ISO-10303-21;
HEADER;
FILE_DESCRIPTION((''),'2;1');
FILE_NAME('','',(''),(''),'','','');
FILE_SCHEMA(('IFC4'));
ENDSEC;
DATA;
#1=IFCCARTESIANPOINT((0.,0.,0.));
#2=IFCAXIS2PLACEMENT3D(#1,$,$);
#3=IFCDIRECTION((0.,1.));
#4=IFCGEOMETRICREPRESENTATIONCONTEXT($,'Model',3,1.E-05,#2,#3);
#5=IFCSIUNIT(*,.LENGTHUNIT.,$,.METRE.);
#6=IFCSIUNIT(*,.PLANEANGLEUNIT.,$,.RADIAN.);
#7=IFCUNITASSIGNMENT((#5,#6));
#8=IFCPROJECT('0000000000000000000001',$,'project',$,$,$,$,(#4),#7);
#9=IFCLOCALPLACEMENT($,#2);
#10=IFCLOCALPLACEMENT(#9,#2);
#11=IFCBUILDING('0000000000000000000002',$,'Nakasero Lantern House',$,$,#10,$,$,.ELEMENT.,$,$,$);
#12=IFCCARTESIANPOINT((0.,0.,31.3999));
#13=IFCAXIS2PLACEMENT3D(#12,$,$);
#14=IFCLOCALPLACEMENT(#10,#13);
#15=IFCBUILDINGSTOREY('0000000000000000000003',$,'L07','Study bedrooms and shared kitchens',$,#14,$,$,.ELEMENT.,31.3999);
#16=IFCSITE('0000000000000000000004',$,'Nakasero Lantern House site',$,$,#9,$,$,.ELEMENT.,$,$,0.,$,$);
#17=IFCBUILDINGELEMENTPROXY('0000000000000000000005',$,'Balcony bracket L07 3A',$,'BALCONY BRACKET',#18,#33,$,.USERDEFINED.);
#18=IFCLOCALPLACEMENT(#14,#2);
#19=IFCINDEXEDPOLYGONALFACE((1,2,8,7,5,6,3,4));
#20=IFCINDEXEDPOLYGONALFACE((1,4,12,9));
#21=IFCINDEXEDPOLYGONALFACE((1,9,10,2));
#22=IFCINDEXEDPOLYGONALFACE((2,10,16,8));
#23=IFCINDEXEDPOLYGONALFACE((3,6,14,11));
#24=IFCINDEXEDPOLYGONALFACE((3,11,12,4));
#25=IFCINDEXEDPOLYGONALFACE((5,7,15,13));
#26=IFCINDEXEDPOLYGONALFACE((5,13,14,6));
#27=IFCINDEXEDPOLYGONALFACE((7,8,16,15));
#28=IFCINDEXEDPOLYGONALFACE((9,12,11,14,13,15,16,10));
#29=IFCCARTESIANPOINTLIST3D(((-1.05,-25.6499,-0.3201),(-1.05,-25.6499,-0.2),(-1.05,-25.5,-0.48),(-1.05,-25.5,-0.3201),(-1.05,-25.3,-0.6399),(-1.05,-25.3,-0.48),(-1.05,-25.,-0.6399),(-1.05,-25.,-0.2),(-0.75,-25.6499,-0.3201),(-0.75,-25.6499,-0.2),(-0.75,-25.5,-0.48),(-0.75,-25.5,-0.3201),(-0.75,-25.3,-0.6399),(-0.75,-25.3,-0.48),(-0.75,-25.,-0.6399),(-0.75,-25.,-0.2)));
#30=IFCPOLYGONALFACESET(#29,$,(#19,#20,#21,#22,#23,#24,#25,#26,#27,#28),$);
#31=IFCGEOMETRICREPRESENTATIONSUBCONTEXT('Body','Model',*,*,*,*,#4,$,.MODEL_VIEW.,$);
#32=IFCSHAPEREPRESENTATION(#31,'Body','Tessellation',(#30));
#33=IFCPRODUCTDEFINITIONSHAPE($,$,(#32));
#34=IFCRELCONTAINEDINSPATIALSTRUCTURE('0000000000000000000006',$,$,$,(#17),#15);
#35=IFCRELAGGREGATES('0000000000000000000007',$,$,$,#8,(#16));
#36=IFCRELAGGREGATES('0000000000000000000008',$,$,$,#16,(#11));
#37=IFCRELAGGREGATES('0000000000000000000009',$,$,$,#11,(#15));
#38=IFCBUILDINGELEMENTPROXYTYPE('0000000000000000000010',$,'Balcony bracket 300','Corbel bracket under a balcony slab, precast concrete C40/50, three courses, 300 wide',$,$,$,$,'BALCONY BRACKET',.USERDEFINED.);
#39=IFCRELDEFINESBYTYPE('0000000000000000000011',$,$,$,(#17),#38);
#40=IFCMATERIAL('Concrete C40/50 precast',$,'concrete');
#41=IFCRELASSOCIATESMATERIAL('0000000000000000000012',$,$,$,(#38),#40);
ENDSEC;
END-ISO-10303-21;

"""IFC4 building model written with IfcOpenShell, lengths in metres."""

from ifc_helpers import new_model, si_unit, direction, frame, origin, place, context, subcontext, project, spatial, polyline, outline, extrude, material, type_object, element, save


model = new_model("IFC4")

# Units and contexts
model_context = context("Model", 3, precision=1e-05, world=origin(), true_north=direction((0.0, 1.0)))
body_context = subcontext(model_context, "Body", "Model", "MODEL_VIEW")
ifc_project = project(units=[si_unit("LENGTHUNIT", "METRE"), si_unit("PLANEANGLEUNIT", "RADIAN")], contexts=[model_context])

# Site, building, storey
site_placement = place(None, origin())
site = spatial("IfcSite", under=ifc_project, at=site_placement, Name="Nakasero Lantern House site", CompositionType="ELEMENT", RefElevation=0.0)
building_placement = place(site_placement, origin())
building = spatial("IfcBuilding", under=site, at=building_placement, Name="Nakasero Lantern House", CompositionType="ELEMENT")
storey_placement = place(building_placement, frame((0.0, 0.0, 31.3999)))
storey = spatial("IfcBuildingStorey", under=building, at=storey_placement, Name="L07", Description="Study bedrooms and shared kitchens", CompositionType="ELEMENT", Elevation=31.3999)

# Building element proxy
ifc_material_1 = material(Name="Concrete C40/50 precast", Category="concrete")
building_element_proxy_type = type_object("IfcBuildingElementProxyType", Name="Balcony bracket 300", Description="Corbel bracket under a balcony slab, precast concrete C40/50, three courses, 300 wide", ElementType="BALCONY BRACKET", PredefinedType="USERDEFINED", material=ifc_material_1)
proxy_placement = place(storey_placement, frame((-0.8999, -25.0, -0.2), z_axis=(0.0, 0.0, 1.0), x_axis=(0.0, -1.0, 0.0)))
element("IfcBuildingElementProxy", 1, at=proxy_placement, inside=storey, type_object=building_element_proxy_type, Name="Balcony bracket L07 3A", ObjectType="BALCONY BRACKET", PredefinedType="USERDEFINED", context=body_context, shape_type="SweptSolid", body=[
    extrude(outline(polyline([(0.0, 0.0), (0.6499, 0.0), (0.6499, -0.1201), (0.5, -0.1201), (0.5, -0.28), (0.3, -0.28), (0.3, -0.4399), (0.0, -0.4399), (0.0, 0.0)])), frame((0.0, 0.1499, 0.0), z_axis=(0.0, -1.0, 0.0), x_axis=(1.0, 0.0, 0.0)), (0.0, 0.0, 1.0), 0.3),
])

save(model, "model.ifc")
